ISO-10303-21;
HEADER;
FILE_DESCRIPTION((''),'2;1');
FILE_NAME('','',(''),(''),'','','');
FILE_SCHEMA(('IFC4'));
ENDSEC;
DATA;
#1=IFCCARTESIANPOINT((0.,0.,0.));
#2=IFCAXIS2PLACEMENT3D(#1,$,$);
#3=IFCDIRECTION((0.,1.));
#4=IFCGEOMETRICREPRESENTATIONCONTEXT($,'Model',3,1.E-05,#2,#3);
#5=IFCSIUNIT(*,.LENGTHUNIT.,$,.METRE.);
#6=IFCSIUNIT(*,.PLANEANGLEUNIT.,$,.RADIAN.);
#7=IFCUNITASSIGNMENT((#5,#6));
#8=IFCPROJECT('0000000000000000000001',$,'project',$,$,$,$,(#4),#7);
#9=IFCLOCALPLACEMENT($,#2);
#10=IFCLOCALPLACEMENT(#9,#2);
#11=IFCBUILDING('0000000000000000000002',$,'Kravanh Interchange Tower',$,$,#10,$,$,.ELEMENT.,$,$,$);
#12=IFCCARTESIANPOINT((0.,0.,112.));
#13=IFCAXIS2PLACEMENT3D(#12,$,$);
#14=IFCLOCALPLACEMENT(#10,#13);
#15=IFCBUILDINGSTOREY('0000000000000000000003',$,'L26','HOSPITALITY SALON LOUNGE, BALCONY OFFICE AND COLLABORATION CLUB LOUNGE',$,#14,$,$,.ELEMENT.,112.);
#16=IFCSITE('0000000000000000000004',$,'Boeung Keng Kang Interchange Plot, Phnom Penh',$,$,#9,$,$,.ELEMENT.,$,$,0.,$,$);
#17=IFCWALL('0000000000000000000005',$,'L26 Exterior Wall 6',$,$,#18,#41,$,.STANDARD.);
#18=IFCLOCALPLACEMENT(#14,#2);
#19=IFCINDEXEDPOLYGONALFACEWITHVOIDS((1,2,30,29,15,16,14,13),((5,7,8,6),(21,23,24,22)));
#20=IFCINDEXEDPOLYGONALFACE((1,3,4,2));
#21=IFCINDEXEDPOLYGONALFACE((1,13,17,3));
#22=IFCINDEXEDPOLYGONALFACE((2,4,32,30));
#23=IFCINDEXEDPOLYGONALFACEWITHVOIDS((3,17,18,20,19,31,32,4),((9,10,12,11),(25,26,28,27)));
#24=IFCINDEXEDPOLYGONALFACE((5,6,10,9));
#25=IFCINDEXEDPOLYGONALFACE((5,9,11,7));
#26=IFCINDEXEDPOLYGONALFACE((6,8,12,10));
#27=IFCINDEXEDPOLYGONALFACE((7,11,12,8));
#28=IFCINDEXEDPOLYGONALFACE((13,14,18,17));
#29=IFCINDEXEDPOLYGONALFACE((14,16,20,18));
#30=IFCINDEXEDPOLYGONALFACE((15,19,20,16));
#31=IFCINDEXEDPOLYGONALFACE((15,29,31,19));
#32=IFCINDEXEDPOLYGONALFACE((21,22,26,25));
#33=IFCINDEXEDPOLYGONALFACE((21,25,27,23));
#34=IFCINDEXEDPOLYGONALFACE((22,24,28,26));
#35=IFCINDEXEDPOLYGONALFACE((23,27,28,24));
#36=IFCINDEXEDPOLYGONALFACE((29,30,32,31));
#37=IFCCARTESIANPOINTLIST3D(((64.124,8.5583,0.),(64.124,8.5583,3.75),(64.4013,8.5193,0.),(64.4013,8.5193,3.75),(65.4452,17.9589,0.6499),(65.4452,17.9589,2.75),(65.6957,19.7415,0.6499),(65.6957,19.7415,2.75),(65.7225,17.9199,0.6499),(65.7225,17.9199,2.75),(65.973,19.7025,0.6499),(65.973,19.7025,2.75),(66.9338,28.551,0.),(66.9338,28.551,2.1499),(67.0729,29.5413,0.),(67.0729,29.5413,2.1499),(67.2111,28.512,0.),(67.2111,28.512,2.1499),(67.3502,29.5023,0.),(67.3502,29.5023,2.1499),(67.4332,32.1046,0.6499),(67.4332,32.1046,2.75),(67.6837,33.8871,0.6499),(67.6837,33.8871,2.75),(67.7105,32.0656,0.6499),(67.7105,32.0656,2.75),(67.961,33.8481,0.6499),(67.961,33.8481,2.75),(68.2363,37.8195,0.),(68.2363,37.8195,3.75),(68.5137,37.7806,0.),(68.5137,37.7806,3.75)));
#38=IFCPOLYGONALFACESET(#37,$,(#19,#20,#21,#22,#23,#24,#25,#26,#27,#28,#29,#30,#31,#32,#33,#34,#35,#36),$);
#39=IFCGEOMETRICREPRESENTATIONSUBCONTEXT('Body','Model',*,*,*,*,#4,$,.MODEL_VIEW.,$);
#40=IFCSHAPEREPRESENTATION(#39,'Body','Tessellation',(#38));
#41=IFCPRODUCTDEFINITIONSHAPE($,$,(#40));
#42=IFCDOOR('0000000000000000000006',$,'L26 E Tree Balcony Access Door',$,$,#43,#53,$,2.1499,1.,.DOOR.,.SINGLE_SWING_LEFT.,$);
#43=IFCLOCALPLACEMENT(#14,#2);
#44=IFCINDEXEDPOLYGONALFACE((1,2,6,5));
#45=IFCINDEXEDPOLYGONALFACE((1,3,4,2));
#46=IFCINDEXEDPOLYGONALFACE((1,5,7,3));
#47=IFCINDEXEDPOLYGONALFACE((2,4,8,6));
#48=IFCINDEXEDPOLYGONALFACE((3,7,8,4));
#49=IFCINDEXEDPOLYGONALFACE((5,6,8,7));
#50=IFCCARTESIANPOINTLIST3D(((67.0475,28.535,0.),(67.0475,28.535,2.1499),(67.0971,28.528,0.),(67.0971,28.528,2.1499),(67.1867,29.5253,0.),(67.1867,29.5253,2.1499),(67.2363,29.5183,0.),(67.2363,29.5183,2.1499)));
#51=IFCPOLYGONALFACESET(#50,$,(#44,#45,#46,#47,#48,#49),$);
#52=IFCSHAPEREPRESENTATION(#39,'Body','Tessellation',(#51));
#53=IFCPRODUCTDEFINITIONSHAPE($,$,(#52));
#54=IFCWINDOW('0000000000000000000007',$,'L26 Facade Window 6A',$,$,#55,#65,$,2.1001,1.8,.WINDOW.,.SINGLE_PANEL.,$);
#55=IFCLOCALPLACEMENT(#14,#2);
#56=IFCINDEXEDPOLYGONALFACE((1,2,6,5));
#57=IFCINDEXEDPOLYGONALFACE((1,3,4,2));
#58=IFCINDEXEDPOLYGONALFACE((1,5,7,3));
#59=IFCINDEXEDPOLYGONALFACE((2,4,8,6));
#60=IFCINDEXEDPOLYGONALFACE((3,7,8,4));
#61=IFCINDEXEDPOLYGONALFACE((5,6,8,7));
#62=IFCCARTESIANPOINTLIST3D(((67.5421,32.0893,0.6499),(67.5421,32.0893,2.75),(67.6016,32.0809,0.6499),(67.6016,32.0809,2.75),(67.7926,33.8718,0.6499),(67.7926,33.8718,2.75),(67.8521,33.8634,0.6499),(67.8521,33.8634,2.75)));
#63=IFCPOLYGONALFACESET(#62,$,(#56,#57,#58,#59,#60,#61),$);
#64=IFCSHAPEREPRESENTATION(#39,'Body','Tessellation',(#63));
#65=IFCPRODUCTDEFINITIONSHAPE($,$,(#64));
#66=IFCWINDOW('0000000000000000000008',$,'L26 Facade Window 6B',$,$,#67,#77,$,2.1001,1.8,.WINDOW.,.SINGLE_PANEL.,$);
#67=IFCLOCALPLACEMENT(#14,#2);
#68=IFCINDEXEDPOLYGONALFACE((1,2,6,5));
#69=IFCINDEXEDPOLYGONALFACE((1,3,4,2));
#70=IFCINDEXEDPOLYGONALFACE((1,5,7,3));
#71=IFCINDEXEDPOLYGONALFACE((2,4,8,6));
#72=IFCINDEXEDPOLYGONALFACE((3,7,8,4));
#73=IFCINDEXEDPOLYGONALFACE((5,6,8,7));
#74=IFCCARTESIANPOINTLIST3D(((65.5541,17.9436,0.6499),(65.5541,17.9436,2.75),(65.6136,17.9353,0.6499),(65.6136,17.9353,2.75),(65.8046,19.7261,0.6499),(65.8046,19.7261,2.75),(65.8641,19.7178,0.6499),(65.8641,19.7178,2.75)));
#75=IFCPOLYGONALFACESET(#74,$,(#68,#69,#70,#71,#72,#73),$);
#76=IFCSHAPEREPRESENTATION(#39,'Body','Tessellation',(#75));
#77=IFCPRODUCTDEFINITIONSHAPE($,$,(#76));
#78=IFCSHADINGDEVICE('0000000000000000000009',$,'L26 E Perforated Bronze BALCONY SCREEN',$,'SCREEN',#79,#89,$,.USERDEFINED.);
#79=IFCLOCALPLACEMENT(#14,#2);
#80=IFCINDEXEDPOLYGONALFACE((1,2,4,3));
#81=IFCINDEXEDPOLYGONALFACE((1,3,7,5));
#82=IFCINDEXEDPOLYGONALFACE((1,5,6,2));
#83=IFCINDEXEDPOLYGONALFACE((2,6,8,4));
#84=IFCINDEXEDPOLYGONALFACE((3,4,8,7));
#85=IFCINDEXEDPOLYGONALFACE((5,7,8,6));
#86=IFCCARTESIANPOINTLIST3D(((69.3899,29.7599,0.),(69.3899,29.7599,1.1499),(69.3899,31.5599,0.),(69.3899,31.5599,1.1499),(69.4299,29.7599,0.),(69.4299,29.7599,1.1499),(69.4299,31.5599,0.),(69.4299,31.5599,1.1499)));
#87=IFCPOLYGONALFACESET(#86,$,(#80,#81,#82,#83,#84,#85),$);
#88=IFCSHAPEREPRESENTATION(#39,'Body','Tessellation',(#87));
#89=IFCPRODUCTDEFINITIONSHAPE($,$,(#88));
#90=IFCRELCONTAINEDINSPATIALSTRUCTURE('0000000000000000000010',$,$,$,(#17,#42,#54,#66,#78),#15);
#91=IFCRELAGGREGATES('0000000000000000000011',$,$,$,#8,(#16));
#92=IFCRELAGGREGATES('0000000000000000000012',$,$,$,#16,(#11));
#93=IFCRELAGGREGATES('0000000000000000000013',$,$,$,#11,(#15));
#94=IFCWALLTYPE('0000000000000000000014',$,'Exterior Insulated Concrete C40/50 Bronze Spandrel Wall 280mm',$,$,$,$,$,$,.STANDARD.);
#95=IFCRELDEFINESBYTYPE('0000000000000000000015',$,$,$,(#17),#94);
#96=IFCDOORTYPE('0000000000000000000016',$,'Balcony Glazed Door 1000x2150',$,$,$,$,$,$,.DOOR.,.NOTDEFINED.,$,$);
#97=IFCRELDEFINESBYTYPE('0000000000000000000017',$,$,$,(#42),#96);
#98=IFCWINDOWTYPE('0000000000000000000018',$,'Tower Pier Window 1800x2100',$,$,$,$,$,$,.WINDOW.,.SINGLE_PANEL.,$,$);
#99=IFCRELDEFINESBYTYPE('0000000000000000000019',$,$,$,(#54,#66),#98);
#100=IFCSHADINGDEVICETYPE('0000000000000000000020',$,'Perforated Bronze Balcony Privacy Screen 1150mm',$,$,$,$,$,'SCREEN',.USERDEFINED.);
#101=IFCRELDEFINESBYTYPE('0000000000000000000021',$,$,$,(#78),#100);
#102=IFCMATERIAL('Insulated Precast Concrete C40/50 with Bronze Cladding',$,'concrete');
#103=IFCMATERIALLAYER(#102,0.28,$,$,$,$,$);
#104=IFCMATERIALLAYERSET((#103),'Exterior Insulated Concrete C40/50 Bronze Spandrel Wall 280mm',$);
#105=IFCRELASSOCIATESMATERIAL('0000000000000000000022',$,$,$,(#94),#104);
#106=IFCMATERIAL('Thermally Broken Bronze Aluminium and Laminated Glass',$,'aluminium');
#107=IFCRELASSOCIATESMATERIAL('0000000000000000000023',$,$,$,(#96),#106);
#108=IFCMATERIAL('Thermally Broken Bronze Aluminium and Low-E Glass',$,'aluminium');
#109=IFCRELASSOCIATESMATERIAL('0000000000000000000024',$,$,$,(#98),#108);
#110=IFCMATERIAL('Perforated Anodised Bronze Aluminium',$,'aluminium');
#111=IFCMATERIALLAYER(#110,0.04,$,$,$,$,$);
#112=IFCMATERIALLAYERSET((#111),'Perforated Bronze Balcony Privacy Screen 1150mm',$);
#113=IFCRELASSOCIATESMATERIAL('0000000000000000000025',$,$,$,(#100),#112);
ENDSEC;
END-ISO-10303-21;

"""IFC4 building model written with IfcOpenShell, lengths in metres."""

from ifc_helpers import new_model, si_unit, direction, frame, frame_2d, origin, origin_2d, place, context, subcontext, project, spatial, rectangle, extrude, material, layer, layer_set, type_object, element, fill, save


model = new_model("IFC4")

# Units and contexts
model_context = context("Model", 3, precision=1e-05, world=origin(), true_north=direction((0.0, 1.0)))
body_context = subcontext(model_context, "Body", "Model", "MODEL_VIEW")
ifc_project = project(units=[si_unit("LENGTHUNIT", "METRE"), si_unit("PLANEANGLEUNIT", "RADIAN")], contexts=[model_context])

# Site, building, storey
site_placement = place(None, origin())
site = spatial("IfcSite", under=ifc_project, at=site_placement, Name="Boeung Keng Kang Interchange Plot, Phnom Penh", CompositionType="ELEMENT", RefElevation=0.0)
building_placement = place(site_placement, origin())
building = spatial("IfcBuilding", under=site, at=building_placement, Name="Kravanh Interchange Tower", CompositionType="ELEMENT")
storey_placement = place(building_placement, frame((0.0, 0.0, 112.0)))
storey = spatial("IfcBuildingStorey", under=building, at=storey_placement, Name="L26", Description="HOSPITALITY SALON LOUNGE, BALCONY OFFICE AND COLLABORATION CLUB LOUNGE", CompositionType="ELEMENT", Elevation=112.0)

# Wall, openings, door, windows
ifc_material_1 = material(Name="Insulated Precast Concrete C40/50 with Bronze Cladding", Category="concrete")
ifc_layer_1 = layer(ifc_material_1, 0.28)
ifc_layer_set_1 = layer_set([ifc_layer_1], Name="Exterior Insulated Concrete C40/50 Bronze Spandrel Wall 280mm")
wall_type_1 = type_object("IfcWallType", Name="Exterior Insulated Concrete C40/50 Bronze Spandrel Wall 280mm", PredefinedType="STANDARD", material=ifc_layer_set_1)
wall_1_placement = place(storey_placement, frame((68.375, 37.8, 0.0), z_axis=(0.0, 0.0, 1.0), x_axis=(-0.13917, -0.990269, 0.0)))
wall_1 = element("IfcWall", 1, at=wall_1_placement, inside=storey, type_object=wall_type_1, Name="L26 Exterior Wall 6", PredefinedType="STANDARD", context=body_context, shape_type="SweptSolid", body=[
    extrude(rectangle(XDim=29.5488, YDim=0.28, at=frame_2d((14.7744, 0.0))), origin(), (0.0, 0.0, 1.0), 3.75),
])
opening_1_placement = place(wall_1_placement, frame((8.3596, 0.0, 0.0)))
opening_1 = element("IfcOpeningElement", 2, at=opening_1_placement, cuts=wall_1, PredefinedType="OPENING", context=body_context, shape_type="SweptSolid", body=[
    extrude(rectangle(XDim=1.0, YDim=2.1499, at=frame_2d((0.5, 1.075))), frame((0.0, 0.1499, 0.0), z_axis=(0.0, -1.0, 0.0), x_axis=(1.0, 0.0, 0.0)), (0.0, 0.0, 1.0), 0.3),
])
opening_2_placement = place(wall_1_placement, frame((3.9712, 0.0, 0.6499)))
opening_2 = element("IfcOpeningElement", 3, at=opening_2_placement, cuts=wall_1, PredefinedType="OPENING", context=body_context, shape_type="SweptSolid", body=[
    extrude(rectangle(XDim=1.8, YDim=2.1001, at=frame_2d((0.8999, 1.05))), frame((0.0, 0.1499, 0.0), z_axis=(0.0, -1.0, 0.0), x_axis=(1.0, 0.0, 0.0)), (0.0, 0.0, 1.0), 0.3),
])
opening_3_placement = place(wall_1_placement, frame((18.2559, 0.0, 0.6499)))
opening_3 = element("IfcOpeningElement", 4, at=opening_3_placement, cuts=wall_1, PredefinedType="OPENING", context=body_context, shape_type="SweptSolid", body=[
    extrude(rectangle(XDim=1.8, YDim=2.1001, at=frame_2d((0.8999, 1.05))), frame((0.0, 0.1499, 0.0), z_axis=(0.0, -1.0, 0.0), x_axis=(1.0, 0.0, 0.0)), (0.0, 0.0, 1.0), 0.3),
])
ifc_material_2 = material(Name="Thermally Broken Bronze Aluminium and Laminated Glass", Category="aluminium")
door_type_1 = type_object("IfcDoorType", Name="Balcony Glazed Door 1000x2150", OperationType="NOTDEFINED", PredefinedType="DOOR", material=ifc_material_2)
door_1_placement = place(opening_1_placement, origin())
door_1 = element("IfcDoor", 5, at=door_1_placement, inside=storey, type_object=door_type_1, Name="L26 E Tree Balcony Access Door", OperationType="SINGLE_SWING_LEFT", OverallHeight=2.1499, OverallWidth=1.0, PredefinedType="DOOR", context=body_context, shape_type="SweptSolid", body=[
    extrude(rectangle(XDim=1.0, YDim=2.1499, at=frame_2d((0.5, 1.075))), frame((0.0, 0.0249, 0.0), z_axis=(0.0, -1.0, 0.0), x_axis=(1.0, 0.0, 0.0)), (0.0, 0.0, 1.0), 0.05),
])
fill(opening_1, door_1)
ifc_material_3 = material(Name="Thermally Broken Bronze Aluminium and Low-E Glass", Category="aluminium")
window_type = type_object("IfcWindowType", Name="Tower Pier Window 1800x2100", PartitioningType="SINGLE_PANEL", PredefinedType="WINDOW", material=ifc_material_3)
window_1_placement = place(opening_2_placement, origin())
window_1 = element("IfcWindow", 6, at=window_1_placement, inside=storey, type_object=window_type, Name="L26 Facade Window 6A", OverallHeight=2.1001, OverallWidth=1.8, PartitioningType="SINGLE_PANEL", PredefinedType="WINDOW", context=body_context, shape_type="SweptSolid", body=[
    extrude(rectangle(XDim=1.8, YDim=2.1001, at=frame_2d((0.8999, 1.05))), frame((0.0, 0.03, 0.0), z_axis=(0.0, -1.0, 0.0), x_axis=(1.0, 0.0, 0.0)), (0.0, 0.0, 1.0), 0.0601),
])
fill(opening_2, window_1)
window_2_placement = place(opening_3_placement, origin())
window_2 = element("IfcWindow", 7, at=window_2_placement, inside=storey, type_object=window_type, Name="L26 Facade Window 6B", OverallHeight=2.1001, OverallWidth=1.8, PartitioningType="SINGLE_PANEL", PredefinedType="WINDOW", context=body_context, shape_type="SweptSolid", body=[
    extrude(rectangle(XDim=1.8, YDim=2.1001, at=frame_2d((0.8999, 1.05))), frame((0.0, 0.03, 0.0), z_axis=(0.0, -1.0, 0.0), x_axis=(1.0, 0.0, 0.0)), (0.0, 0.0, 1.0), 0.0601),
])
fill(opening_3, window_2)

# Shading device
ifc_material_4 = material(Name="Perforated Anodised Bronze Aluminium", Category="aluminium")
ifc_layer_2 = layer(ifc_material_4, 0.04)
ifc_layer_set_2 = layer_set([ifc_layer_2], Name="Perforated Bronze Balcony Privacy Screen 1150mm")
shading_device_type = type_object("IfcShadingDeviceType", Name="Perforated Bronze Balcony Privacy Screen 1150mm", ElementType="SCREEN", PredefinedType="USERDEFINED", material=ifc_layer_set_2)
shading_device_placement = place(storey_placement, frame((69.4099, 30.6599, 0.0), z_axis=(0.0, 0.0, 1.0), x_axis=(1.0, 0.0, 0.0)))
element("IfcShadingDevice", 8, at=shading_device_placement, inside=storey, type_object=shading_device_type, Name="L26 E Perforated Bronze BALCONY SCREEN", ObjectType="SCREEN", PredefinedType="USERDEFINED", context=body_context, shape_type="SweptSolid", body=[
    extrude(rectangle(XDim=0.04, YDim=1.8, at=origin_2d()), origin(), (0.0, 0.0, 1.0), 1.1499),
])

save(model, "model.ifc")
